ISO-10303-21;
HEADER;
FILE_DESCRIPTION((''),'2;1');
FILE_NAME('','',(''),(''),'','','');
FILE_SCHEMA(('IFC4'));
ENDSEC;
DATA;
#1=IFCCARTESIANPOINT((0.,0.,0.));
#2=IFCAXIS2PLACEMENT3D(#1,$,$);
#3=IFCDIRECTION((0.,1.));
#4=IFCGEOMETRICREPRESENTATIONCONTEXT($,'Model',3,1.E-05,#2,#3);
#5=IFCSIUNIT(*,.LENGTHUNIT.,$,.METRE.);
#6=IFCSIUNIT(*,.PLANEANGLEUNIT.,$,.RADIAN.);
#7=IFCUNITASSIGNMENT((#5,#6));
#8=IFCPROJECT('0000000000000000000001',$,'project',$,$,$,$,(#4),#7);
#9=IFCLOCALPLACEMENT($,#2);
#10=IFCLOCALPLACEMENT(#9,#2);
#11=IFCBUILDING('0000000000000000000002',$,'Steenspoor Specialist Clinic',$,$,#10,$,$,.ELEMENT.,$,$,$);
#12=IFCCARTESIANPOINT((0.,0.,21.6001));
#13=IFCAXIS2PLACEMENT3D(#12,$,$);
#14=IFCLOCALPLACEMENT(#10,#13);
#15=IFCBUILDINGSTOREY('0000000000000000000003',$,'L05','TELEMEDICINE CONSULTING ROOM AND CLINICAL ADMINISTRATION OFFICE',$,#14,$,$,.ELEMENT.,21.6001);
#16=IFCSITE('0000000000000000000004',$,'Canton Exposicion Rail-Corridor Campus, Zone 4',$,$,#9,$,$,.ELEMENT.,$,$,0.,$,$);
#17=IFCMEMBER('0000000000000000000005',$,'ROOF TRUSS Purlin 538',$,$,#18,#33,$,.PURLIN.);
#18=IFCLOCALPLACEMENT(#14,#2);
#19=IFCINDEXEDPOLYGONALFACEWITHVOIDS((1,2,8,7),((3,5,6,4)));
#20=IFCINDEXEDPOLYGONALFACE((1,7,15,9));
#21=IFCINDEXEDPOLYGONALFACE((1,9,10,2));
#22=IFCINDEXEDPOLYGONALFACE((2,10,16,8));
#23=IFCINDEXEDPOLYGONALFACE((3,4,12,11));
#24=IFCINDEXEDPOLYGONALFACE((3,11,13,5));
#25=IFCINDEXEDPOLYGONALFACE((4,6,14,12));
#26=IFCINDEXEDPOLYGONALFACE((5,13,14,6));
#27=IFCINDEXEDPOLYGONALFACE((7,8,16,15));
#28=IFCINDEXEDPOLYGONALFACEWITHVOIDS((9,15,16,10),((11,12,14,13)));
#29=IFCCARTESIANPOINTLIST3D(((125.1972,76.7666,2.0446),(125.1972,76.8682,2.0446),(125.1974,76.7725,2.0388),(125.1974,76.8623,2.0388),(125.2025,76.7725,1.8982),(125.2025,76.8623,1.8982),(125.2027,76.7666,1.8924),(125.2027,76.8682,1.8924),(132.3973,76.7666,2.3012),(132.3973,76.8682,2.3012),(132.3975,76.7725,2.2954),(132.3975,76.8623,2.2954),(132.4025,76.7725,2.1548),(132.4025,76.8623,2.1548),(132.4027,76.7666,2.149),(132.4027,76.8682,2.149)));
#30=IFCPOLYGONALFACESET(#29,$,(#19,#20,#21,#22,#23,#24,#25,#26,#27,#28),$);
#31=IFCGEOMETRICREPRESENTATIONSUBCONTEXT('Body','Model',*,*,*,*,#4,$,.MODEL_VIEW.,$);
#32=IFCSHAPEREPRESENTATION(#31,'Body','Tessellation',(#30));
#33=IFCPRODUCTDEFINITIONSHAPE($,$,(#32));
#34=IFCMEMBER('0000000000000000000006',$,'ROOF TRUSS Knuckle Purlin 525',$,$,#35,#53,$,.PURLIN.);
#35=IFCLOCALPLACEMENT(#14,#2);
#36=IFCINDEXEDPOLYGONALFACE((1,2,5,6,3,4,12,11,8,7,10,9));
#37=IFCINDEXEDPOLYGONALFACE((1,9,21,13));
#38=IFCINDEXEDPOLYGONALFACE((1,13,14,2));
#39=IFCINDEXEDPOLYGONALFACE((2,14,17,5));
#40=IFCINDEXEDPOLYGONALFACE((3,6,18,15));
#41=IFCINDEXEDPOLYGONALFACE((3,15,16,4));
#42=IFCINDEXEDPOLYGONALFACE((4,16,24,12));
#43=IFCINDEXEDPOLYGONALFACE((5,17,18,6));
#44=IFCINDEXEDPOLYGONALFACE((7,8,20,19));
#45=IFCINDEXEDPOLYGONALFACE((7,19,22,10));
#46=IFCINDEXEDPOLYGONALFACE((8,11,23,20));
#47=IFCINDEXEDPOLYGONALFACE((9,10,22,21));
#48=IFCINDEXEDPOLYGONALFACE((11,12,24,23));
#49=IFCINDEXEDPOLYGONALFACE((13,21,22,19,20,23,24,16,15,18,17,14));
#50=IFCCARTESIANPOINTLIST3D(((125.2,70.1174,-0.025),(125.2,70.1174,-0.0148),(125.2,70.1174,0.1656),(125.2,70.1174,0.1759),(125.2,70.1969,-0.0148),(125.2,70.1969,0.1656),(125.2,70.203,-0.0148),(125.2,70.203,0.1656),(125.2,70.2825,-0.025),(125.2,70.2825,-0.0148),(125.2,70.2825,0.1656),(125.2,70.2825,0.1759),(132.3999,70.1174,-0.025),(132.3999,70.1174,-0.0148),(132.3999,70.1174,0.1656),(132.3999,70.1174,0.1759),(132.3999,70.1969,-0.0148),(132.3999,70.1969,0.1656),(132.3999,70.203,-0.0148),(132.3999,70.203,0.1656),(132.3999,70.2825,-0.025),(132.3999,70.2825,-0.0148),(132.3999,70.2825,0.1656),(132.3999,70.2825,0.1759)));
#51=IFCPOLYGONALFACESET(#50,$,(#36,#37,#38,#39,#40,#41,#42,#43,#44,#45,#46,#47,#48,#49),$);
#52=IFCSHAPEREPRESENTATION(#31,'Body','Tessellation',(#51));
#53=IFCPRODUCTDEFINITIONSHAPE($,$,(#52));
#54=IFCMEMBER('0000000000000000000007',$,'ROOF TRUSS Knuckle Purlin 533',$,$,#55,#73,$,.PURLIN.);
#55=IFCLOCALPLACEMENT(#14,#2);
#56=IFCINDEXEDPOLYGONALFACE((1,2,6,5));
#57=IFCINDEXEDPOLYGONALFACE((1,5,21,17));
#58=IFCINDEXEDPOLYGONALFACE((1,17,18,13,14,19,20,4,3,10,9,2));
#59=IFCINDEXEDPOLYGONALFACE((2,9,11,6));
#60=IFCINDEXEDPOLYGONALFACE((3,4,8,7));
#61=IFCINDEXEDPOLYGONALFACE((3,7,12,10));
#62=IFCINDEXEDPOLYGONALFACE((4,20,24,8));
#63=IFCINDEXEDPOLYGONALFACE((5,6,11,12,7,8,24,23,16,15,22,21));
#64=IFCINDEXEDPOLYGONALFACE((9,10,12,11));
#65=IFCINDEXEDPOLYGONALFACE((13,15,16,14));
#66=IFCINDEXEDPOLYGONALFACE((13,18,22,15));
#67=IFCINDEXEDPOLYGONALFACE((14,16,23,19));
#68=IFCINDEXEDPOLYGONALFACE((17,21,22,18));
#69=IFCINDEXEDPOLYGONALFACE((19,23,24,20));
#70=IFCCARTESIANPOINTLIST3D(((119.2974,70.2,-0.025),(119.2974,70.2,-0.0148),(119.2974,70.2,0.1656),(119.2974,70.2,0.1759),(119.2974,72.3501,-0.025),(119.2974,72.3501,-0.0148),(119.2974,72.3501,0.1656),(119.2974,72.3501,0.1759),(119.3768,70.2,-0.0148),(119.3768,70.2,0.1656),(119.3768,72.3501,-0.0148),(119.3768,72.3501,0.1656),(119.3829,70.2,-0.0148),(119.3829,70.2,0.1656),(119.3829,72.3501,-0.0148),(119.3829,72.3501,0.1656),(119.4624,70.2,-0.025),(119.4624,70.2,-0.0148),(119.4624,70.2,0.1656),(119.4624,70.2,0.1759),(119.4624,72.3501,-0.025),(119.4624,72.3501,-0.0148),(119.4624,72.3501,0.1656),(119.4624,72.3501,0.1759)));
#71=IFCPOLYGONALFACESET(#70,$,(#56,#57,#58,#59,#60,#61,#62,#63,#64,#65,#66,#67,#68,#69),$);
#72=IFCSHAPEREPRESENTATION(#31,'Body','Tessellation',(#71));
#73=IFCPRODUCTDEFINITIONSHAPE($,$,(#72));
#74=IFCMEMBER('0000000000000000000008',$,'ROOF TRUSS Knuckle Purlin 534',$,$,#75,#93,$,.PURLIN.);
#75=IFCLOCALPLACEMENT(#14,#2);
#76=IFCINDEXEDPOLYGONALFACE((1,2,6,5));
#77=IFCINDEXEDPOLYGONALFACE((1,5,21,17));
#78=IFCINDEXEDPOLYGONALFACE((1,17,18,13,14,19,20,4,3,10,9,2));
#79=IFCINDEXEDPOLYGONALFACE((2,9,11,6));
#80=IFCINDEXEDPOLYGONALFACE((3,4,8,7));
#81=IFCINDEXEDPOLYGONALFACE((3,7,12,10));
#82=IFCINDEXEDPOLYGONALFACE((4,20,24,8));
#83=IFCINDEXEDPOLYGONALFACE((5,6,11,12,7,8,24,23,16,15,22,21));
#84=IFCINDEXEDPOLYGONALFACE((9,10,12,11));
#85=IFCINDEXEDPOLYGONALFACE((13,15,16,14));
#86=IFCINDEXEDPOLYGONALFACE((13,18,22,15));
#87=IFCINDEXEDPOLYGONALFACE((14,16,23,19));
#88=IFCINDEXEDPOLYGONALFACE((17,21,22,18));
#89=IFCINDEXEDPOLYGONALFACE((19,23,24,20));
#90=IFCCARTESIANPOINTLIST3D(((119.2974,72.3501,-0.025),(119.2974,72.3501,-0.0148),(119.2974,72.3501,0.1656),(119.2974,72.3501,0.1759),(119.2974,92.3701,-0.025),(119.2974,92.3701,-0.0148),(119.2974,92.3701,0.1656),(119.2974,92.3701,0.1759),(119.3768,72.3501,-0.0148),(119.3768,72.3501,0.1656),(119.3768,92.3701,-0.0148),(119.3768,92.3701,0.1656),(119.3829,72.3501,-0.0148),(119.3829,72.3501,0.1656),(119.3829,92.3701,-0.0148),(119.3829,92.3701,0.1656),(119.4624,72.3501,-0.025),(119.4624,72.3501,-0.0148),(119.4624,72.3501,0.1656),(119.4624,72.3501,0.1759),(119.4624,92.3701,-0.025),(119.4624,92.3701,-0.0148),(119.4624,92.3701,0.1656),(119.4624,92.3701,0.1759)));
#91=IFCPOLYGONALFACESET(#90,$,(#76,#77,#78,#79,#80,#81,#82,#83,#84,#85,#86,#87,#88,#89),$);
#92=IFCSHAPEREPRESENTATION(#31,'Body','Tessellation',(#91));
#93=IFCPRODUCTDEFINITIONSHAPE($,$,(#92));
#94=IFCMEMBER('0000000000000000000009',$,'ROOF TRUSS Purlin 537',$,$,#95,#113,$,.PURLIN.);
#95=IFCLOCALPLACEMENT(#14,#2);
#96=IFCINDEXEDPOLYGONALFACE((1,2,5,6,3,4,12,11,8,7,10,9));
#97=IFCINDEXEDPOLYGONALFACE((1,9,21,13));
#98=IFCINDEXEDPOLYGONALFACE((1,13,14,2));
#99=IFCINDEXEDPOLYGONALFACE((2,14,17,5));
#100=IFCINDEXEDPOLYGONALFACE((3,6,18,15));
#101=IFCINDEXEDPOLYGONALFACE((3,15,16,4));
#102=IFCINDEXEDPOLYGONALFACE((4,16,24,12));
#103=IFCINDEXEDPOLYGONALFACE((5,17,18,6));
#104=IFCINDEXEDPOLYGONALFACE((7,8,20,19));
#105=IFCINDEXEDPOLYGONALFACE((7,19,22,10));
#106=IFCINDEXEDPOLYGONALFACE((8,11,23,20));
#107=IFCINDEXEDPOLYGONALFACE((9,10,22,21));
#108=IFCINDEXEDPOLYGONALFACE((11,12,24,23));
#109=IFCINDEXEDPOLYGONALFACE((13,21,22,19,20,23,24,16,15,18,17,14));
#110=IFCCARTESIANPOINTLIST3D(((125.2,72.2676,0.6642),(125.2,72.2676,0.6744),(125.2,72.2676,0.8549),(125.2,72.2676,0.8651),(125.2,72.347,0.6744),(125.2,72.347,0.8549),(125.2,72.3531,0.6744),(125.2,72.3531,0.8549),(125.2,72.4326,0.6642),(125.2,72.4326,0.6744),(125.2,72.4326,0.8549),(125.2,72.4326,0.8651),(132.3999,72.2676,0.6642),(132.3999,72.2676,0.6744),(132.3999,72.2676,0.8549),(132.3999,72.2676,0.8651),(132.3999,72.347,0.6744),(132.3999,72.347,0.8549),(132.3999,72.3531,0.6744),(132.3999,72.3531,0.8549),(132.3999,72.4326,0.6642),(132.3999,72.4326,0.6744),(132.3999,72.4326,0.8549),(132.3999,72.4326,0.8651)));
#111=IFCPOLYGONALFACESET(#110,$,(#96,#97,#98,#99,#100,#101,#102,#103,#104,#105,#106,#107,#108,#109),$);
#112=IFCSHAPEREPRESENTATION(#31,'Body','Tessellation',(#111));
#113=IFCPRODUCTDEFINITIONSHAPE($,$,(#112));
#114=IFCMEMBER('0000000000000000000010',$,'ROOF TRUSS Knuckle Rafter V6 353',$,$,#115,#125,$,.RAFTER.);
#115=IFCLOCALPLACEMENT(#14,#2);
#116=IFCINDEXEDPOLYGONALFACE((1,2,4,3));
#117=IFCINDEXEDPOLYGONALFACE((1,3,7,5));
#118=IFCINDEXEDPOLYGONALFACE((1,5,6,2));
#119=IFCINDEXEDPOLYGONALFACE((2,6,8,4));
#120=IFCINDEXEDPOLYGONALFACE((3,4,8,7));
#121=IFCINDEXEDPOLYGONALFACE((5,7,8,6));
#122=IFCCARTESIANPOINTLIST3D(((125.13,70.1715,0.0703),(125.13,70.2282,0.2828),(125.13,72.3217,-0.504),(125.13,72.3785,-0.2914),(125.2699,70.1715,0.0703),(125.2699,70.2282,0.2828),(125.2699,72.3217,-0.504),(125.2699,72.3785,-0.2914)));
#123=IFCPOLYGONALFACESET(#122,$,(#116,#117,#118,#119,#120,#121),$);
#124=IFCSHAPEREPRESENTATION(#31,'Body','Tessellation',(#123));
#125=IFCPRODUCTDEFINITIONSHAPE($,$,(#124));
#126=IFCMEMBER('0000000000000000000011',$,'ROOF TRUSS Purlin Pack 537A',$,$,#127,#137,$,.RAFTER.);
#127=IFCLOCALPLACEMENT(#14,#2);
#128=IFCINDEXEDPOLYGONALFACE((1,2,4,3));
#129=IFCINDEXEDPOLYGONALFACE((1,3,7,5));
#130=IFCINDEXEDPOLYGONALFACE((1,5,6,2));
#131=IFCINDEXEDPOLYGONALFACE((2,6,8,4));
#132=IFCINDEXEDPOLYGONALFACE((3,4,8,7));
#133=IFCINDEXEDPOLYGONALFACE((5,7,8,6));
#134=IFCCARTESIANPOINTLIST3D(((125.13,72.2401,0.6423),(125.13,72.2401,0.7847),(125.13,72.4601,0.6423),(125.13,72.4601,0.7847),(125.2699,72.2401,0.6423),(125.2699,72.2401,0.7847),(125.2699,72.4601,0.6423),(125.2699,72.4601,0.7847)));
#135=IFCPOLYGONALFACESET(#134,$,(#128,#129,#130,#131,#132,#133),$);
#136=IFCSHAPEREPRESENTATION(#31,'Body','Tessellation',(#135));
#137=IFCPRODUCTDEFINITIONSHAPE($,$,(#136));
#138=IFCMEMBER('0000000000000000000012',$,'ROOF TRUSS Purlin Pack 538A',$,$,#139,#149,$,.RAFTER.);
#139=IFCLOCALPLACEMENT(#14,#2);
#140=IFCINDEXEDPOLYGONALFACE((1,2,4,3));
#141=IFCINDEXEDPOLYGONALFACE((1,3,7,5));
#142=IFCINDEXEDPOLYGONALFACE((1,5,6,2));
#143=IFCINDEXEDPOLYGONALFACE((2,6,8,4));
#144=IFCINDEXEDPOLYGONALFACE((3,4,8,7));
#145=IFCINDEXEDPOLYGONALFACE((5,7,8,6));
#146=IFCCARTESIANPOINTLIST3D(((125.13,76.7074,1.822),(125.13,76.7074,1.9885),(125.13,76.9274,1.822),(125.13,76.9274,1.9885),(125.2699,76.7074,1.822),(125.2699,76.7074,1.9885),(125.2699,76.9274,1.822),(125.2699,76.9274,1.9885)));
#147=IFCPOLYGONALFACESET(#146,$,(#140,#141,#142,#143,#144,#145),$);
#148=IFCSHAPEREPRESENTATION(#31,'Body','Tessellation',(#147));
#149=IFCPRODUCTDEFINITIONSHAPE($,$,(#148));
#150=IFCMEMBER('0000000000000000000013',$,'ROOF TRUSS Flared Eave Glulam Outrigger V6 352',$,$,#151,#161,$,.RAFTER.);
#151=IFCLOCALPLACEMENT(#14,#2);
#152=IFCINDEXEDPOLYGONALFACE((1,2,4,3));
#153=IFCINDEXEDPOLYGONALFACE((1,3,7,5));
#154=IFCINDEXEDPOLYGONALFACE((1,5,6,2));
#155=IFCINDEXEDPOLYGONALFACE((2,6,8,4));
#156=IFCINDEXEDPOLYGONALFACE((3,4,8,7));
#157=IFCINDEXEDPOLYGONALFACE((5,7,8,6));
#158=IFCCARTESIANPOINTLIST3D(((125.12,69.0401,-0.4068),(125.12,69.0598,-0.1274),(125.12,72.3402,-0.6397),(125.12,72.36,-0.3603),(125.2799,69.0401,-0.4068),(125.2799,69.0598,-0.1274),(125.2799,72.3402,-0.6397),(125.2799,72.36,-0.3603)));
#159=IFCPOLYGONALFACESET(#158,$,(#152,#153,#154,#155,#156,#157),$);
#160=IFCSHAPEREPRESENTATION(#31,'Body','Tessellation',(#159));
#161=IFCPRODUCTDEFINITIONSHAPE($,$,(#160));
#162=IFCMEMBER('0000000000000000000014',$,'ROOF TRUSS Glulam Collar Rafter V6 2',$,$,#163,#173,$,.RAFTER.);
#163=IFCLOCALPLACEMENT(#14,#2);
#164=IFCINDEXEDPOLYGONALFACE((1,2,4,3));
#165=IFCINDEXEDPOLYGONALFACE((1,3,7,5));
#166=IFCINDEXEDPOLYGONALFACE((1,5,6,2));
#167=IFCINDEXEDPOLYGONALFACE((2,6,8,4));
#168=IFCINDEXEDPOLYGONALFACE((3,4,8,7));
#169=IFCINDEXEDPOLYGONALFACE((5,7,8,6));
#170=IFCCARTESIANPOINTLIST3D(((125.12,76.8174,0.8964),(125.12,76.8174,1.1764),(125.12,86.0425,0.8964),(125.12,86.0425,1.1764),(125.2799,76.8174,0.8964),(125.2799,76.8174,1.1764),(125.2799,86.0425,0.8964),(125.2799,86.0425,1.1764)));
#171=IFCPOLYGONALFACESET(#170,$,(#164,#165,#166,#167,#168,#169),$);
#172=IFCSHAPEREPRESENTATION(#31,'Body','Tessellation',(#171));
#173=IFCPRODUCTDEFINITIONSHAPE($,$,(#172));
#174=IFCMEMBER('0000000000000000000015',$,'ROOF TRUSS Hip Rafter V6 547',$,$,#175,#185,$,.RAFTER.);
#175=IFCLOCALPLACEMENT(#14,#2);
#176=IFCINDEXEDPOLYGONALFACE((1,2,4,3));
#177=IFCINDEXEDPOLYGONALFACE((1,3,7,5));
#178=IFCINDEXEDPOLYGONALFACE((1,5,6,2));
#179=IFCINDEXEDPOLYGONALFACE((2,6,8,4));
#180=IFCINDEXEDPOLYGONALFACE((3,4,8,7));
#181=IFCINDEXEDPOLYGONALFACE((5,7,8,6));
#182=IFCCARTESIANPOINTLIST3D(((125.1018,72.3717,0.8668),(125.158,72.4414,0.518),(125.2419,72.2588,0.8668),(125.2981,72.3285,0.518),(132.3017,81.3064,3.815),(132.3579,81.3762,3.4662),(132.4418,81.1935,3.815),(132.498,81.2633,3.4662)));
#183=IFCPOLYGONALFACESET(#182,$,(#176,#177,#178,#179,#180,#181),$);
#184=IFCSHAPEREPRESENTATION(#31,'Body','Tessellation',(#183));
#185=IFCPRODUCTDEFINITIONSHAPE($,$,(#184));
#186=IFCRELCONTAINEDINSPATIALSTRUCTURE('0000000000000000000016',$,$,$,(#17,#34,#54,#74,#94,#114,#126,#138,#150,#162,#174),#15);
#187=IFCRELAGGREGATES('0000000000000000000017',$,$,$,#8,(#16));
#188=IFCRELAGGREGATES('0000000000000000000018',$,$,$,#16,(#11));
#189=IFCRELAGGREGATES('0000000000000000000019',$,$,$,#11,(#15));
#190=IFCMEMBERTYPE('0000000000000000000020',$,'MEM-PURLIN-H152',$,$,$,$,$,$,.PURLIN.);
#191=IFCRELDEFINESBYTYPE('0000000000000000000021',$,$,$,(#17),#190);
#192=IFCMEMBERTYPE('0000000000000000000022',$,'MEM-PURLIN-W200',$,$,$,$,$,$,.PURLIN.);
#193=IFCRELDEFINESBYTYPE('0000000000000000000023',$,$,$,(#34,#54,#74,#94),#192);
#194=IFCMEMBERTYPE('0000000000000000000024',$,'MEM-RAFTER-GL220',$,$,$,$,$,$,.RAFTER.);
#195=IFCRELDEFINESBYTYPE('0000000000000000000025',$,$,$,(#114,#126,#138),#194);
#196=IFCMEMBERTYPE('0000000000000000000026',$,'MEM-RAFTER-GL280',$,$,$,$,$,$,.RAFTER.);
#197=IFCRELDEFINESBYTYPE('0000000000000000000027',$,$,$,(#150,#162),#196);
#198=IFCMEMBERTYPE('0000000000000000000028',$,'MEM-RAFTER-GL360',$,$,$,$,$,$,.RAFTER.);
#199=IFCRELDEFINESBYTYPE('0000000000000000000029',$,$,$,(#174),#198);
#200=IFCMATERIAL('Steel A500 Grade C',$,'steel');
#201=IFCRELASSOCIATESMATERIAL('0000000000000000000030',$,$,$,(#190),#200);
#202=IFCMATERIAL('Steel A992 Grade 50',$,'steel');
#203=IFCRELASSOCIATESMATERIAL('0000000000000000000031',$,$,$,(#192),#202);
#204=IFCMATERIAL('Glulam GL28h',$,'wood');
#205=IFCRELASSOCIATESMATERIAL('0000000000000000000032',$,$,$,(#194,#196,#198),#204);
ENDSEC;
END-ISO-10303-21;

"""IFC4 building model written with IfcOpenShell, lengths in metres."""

from ifc_helpers import new_model, si_unit, direction, frame, origin, origin_2d, place, context, subcontext, project, spatial, rectangle, hollow_rectangle, i_section, extrude, material, material_profile, profile_set, type_object, element, save


model = new_model("IFC4")

# Units and contexts
model_context = context("Model", 3, precision=1e-05, world=origin(), true_north=direction((0.0, 1.0)))
body_context = subcontext(model_context, "Body", "Model", "MODEL_VIEW")
ifc_project = project(units=[si_unit("LENGTHUNIT", "METRE"), si_unit("PLANEANGLEUNIT", "RADIAN")], contexts=[model_context])

# Site, building, storey
site_placement = place(None, origin())
site = spatial("IfcSite", under=ifc_project, at=site_placement, Name="Canton Exposicion Rail-Corridor Campus, Zone 4", CompositionType="ELEMENT", RefElevation=0.0)
building_placement = place(site_placement, origin())
building = spatial("IfcBuilding", under=site, at=building_placement, Name="Steenspoor Specialist Clinic", CompositionType="ELEMENT")
storey_placement = place(building_placement, frame((0.0, 0.0, 21.6001)))
storey = spatial("IfcBuildingStorey", under=building, at=storey_placement, Name="L05", Description="TELEMEDICINE CONSULTING ROOM AND CLINICAL ADMINISTRATION OFFICE", CompositionType="ELEMENT", Elevation=21.6001)

# Shared definitions
ifc_material_1 = material(Name="Steel A992 Grade 50", Category="steel")

# Members
ifc_material_2 = material(Name="Steel A500 Grade C", Category="steel")
ifc_material_profile_1 = material_profile(ifc_material_2, hollow_rectangle(XDim=0.1016, YDim=0.1523, WallThickness=0.0059, at=origin_2d()), Name="HSS152X102X6.4")
ifc_profile_set_1 = profile_set([ifc_material_profile_1], Name="Steel A500 Grade C")
member_type_1 = type_object("IfcMemberType", Name="MEM-PURLIN-H152", PredefinedType="PURLIN", material=ifc_profile_set_1)
member_1_placement = place(storey_placement, frame((125.2, 76.8174, 1.9685), z_axis=(0.999366, 0.0, 0.035615), x_axis=(0.0, 1.0, 0.0)))
element("IfcMember", 1, at=member_1_placement, inside=storey, type_object=member_type_1, Name="ROOF TRUSS Purlin 538", PredefinedType="PURLIN", context=body_context, shape_type="SweptSolid", body=[
    extrude(hollow_rectangle(XDim=0.1016, YDim=0.1523, WallThickness=0.0059, at=origin_2d()), origin(), (0.0, 0.0, 1.0), 7.2046),
])
ifc_material_profile_2 = material_profile(ifc_material_1, i_section(OverallWidth=0.165, OverallDepth=0.2009, WebThickness=0.0061, FlangeThickness=0.0103, at=origin_2d()), Name="W200X36")
ifc_profile_set_2 = profile_set([ifc_material_profile_2], Name="Steel A992 Grade 50")
member_type_2 = type_object("IfcMemberType", Name="MEM-PURLIN-W200", PredefinedType="PURLIN", material=ifc_profile_set_2)
member_2_placement = place(storey_placement, frame((125.2, 70.2, 0.0754), z_axis=(1.0, 0.0, 0.0), x_axis=(0.0, 1.0, 0.0)))
element("IfcMember", 2, at=member_2_placement, inside=storey, type_object=member_type_2, Name="ROOF TRUSS Knuckle Purlin 525", PredefinedType="PURLIN", context=body_context, shape_type="SweptSolid", body=[
    extrude(i_section(OverallWidth=0.165, OverallDepth=0.2009, WebThickness=0.0061, FlangeThickness=0.0103, at=origin_2d()), origin(), (0.0, 0.0, 1.0), 7.2),
])
member_3_placement = place(storey_placement, frame((119.3799, 70.2, 0.0754), z_axis=(0.0, 1.0, 0.0), x_axis=(-1.0, 0.0, 0.0)))
element("IfcMember", 3, at=member_3_placement, inside=storey, type_object=member_type_2, Name="ROOF TRUSS Knuckle Purlin 533", PredefinedType="PURLIN", context=body_context, shape_type="SweptSolid", body=[
    extrude(i_section(OverallWidth=0.165, OverallDepth=0.2009, WebThickness=0.0061, FlangeThickness=0.0103, at=origin_2d()), origin(), (0.0, 0.0, 1.0), 2.1501),
])
member_4_placement = place(storey_placement, frame((119.3799, 72.3501, 0.0754), z_axis=(0.0, 1.0, 0.0), x_axis=(-1.0, 0.0, 0.0)))
element("IfcMember", 4, at=member_4_placement, inside=storey, type_object=member_type_2, Name="ROOF TRUSS Knuckle Purlin 534", PredefinedType="PURLIN", context=body_context, shape_type="SweptSolid", body=[
    extrude(i_section(OverallWidth=0.165, OverallDepth=0.2009, WebThickness=0.0061, FlangeThickness=0.0103, at=origin_2d()), origin(), (0.0, 0.0, 1.0), 20.02),
])
member_5_placement = place(storey_placement, frame((125.2, 72.3501, 0.7646), z_axis=(1.0, 0.0, 0.0), x_axis=(0.0, 1.0, 0.0)))
element("IfcMember", 5, at=member_5_placement, inside=storey, type_object=member_type_2, Name="ROOF TRUSS Purlin 537", PredefinedType="PURLIN", context=body_context, shape_type="SweptSolid", body=[
    extrude(i_section(OverallWidth=0.165, OverallDepth=0.2009, WebThickness=0.0061, FlangeThickness=0.0103, at=origin_2d()), origin(), (0.0, 0.0, 1.0), 7.2),
])
ifc_material_3 = material(Name="Glulam GL28h", Category="wood")
ifc_material_profile_3 = material_profile(ifc_material_3, rectangle(XDim=0.1399, YDim=0.22, at=origin_2d()), Name="GL28H-140X220")
ifc_profile_set_3 = profile_set([ifc_material_profile_3], Name="Glulam GL28h")
member_type_3 = type_object("IfcMemberType", Name="MEM-RAFTER-GL220", PredefinedType="RAFTER", material=ifc_profile_set_3)
member_6_placement = place(storey_placement, frame((125.2, 72.3501, -0.3977), z_axis=(0.0, -0.96614, 0.258018), x_axis=(1.0, 0.0, 0.0)))
element("IfcMember", 6, at=member_6_placement, inside=storey, type_object=member_type_3, Name="ROOF TRUSS Knuckle Rafter V6 353", PredefinedType="RAFTER", context=body_context, shape_type="SweptSolid", body=[
    extrude(rectangle(XDim=0.1399, YDim=0.22, at=origin_2d()), origin(), (0.0, 0.0, 1.0), 2.2256),
])
member_7_placement = place(storey_placement, frame((125.2, 72.3501, 0.6423), z_axis=(0.0, 0.0, 1.0), x_axis=(1.0, 0.0, 0.0)))
element("IfcMember", 7, at=member_7_placement, inside=storey, type_object=member_type_3, Name="ROOF TRUSS Purlin Pack 537A", PredefinedType="RAFTER", context=body_context, shape_type="SweptSolid", body=[
    extrude(rectangle(XDim=0.1399, YDim=0.22, at=origin_2d()), origin(), (0.0, 0.0, 1.0), 0.1423),
])
member_8_placement = place(storey_placement, frame((125.2, 76.8174, 1.822), z_axis=(0.0, 0.0, 1.0), x_axis=(1.0, 0.0, 0.0)))
element("IfcMember", 8, at=member_8_placement, inside=storey, type_object=member_type_3, Name="ROOF TRUSS Purlin Pack 538A", PredefinedType="RAFTER", context=body_context, shape_type="SweptSolid", body=[
    extrude(rectangle(XDim=0.1399, YDim=0.22, at=origin_2d()), origin(), (0.0, 0.0, 1.0), 0.1665),
])
ifc_material_profile_4 = material_profile(ifc_material_3, rectangle(XDim=0.1599, YDim=0.28, at=origin_2d()), Name="GL28H-160X280")
ifc_profile_set_4 = profile_set([ifc_material_profile_4], Name="Glulam GL28h")
member_type_4 = type_object("IfcMemberType", Name="MEM-RAFTER-GL280", PredefinedType="RAFTER", material=ifc_profile_set_4)
member_9_placement = place(storey_placement, frame((125.2, 72.3501, -0.5), z_axis=(0.0, -0.997519, 0.070403), x_axis=(1.0, 0.0, 0.0)))
element("IfcMember", 9, at=member_9_placement, inside=storey, type_object=member_type_4, Name="ROOF TRUSS Flared Eave Glulam Outrigger V6 352", PredefinedType="RAFTER", context=body_context, shape_type="SweptSolid", body=[
    extrude(rectangle(XDim=0.1599, YDim=0.28, at=origin_2d()), origin(), (0.0, 0.0, 1.0), 3.3083),
])
member_10_placement = place(storey_placement, frame((125.2, 76.8174, 1.0364), z_axis=(0.0, 1.0, 0.0), x_axis=(-1.0, 0.0, 0.0)))
element("IfcMember", 10, at=member_10_placement, inside=storey, type_object=member_type_4, Name="ROOF TRUSS Glulam Collar Rafter V6 2", PredefinedType="RAFTER", context=body_context, shape_type="SweptSolid", body=[
    extrude(rectangle(XDim=0.1599, YDim=0.28, at=origin_2d()), origin(), (0.0, 0.0, 1.0), 9.2251),
])
ifc_material_profile_5 = material_profile(ifc_material_3, rectangle(XDim=0.1799, YDim=0.3601, at=origin_2d()), Name="GL28H-180X360")
ifc_profile_set_5 = profile_set([ifc_material_profile_5], Name="Glulam GL28h")
member_type_5 = type_object("IfcMemberType", Name="MEM-RAFTER-GL360", PredefinedType="RAFTER", material=ifc_profile_set_5)
member_11_placement = place(storey_placement, frame((125.2, 72.3501, 0.6924), z_axis=(0.607721, 0.754154, 0.24885), x_axis=(-0.778649, 0.62746, 0.0)))
element("IfcMember", 11, at=member_11_placement, inside=storey, type_object=member_type_5, Name="ROOF TRUSS Hip Rafter V6 547", PredefinedType="RAFTER", context=body_context, shape_type="SweptSolid", body=[
    extrude(rectangle(XDim=0.1799, YDim=0.3601, at=origin_2d()), origin(), (0.0, 0.0, 1.0), 11.8474),
])

save(model, "model.ifc")
